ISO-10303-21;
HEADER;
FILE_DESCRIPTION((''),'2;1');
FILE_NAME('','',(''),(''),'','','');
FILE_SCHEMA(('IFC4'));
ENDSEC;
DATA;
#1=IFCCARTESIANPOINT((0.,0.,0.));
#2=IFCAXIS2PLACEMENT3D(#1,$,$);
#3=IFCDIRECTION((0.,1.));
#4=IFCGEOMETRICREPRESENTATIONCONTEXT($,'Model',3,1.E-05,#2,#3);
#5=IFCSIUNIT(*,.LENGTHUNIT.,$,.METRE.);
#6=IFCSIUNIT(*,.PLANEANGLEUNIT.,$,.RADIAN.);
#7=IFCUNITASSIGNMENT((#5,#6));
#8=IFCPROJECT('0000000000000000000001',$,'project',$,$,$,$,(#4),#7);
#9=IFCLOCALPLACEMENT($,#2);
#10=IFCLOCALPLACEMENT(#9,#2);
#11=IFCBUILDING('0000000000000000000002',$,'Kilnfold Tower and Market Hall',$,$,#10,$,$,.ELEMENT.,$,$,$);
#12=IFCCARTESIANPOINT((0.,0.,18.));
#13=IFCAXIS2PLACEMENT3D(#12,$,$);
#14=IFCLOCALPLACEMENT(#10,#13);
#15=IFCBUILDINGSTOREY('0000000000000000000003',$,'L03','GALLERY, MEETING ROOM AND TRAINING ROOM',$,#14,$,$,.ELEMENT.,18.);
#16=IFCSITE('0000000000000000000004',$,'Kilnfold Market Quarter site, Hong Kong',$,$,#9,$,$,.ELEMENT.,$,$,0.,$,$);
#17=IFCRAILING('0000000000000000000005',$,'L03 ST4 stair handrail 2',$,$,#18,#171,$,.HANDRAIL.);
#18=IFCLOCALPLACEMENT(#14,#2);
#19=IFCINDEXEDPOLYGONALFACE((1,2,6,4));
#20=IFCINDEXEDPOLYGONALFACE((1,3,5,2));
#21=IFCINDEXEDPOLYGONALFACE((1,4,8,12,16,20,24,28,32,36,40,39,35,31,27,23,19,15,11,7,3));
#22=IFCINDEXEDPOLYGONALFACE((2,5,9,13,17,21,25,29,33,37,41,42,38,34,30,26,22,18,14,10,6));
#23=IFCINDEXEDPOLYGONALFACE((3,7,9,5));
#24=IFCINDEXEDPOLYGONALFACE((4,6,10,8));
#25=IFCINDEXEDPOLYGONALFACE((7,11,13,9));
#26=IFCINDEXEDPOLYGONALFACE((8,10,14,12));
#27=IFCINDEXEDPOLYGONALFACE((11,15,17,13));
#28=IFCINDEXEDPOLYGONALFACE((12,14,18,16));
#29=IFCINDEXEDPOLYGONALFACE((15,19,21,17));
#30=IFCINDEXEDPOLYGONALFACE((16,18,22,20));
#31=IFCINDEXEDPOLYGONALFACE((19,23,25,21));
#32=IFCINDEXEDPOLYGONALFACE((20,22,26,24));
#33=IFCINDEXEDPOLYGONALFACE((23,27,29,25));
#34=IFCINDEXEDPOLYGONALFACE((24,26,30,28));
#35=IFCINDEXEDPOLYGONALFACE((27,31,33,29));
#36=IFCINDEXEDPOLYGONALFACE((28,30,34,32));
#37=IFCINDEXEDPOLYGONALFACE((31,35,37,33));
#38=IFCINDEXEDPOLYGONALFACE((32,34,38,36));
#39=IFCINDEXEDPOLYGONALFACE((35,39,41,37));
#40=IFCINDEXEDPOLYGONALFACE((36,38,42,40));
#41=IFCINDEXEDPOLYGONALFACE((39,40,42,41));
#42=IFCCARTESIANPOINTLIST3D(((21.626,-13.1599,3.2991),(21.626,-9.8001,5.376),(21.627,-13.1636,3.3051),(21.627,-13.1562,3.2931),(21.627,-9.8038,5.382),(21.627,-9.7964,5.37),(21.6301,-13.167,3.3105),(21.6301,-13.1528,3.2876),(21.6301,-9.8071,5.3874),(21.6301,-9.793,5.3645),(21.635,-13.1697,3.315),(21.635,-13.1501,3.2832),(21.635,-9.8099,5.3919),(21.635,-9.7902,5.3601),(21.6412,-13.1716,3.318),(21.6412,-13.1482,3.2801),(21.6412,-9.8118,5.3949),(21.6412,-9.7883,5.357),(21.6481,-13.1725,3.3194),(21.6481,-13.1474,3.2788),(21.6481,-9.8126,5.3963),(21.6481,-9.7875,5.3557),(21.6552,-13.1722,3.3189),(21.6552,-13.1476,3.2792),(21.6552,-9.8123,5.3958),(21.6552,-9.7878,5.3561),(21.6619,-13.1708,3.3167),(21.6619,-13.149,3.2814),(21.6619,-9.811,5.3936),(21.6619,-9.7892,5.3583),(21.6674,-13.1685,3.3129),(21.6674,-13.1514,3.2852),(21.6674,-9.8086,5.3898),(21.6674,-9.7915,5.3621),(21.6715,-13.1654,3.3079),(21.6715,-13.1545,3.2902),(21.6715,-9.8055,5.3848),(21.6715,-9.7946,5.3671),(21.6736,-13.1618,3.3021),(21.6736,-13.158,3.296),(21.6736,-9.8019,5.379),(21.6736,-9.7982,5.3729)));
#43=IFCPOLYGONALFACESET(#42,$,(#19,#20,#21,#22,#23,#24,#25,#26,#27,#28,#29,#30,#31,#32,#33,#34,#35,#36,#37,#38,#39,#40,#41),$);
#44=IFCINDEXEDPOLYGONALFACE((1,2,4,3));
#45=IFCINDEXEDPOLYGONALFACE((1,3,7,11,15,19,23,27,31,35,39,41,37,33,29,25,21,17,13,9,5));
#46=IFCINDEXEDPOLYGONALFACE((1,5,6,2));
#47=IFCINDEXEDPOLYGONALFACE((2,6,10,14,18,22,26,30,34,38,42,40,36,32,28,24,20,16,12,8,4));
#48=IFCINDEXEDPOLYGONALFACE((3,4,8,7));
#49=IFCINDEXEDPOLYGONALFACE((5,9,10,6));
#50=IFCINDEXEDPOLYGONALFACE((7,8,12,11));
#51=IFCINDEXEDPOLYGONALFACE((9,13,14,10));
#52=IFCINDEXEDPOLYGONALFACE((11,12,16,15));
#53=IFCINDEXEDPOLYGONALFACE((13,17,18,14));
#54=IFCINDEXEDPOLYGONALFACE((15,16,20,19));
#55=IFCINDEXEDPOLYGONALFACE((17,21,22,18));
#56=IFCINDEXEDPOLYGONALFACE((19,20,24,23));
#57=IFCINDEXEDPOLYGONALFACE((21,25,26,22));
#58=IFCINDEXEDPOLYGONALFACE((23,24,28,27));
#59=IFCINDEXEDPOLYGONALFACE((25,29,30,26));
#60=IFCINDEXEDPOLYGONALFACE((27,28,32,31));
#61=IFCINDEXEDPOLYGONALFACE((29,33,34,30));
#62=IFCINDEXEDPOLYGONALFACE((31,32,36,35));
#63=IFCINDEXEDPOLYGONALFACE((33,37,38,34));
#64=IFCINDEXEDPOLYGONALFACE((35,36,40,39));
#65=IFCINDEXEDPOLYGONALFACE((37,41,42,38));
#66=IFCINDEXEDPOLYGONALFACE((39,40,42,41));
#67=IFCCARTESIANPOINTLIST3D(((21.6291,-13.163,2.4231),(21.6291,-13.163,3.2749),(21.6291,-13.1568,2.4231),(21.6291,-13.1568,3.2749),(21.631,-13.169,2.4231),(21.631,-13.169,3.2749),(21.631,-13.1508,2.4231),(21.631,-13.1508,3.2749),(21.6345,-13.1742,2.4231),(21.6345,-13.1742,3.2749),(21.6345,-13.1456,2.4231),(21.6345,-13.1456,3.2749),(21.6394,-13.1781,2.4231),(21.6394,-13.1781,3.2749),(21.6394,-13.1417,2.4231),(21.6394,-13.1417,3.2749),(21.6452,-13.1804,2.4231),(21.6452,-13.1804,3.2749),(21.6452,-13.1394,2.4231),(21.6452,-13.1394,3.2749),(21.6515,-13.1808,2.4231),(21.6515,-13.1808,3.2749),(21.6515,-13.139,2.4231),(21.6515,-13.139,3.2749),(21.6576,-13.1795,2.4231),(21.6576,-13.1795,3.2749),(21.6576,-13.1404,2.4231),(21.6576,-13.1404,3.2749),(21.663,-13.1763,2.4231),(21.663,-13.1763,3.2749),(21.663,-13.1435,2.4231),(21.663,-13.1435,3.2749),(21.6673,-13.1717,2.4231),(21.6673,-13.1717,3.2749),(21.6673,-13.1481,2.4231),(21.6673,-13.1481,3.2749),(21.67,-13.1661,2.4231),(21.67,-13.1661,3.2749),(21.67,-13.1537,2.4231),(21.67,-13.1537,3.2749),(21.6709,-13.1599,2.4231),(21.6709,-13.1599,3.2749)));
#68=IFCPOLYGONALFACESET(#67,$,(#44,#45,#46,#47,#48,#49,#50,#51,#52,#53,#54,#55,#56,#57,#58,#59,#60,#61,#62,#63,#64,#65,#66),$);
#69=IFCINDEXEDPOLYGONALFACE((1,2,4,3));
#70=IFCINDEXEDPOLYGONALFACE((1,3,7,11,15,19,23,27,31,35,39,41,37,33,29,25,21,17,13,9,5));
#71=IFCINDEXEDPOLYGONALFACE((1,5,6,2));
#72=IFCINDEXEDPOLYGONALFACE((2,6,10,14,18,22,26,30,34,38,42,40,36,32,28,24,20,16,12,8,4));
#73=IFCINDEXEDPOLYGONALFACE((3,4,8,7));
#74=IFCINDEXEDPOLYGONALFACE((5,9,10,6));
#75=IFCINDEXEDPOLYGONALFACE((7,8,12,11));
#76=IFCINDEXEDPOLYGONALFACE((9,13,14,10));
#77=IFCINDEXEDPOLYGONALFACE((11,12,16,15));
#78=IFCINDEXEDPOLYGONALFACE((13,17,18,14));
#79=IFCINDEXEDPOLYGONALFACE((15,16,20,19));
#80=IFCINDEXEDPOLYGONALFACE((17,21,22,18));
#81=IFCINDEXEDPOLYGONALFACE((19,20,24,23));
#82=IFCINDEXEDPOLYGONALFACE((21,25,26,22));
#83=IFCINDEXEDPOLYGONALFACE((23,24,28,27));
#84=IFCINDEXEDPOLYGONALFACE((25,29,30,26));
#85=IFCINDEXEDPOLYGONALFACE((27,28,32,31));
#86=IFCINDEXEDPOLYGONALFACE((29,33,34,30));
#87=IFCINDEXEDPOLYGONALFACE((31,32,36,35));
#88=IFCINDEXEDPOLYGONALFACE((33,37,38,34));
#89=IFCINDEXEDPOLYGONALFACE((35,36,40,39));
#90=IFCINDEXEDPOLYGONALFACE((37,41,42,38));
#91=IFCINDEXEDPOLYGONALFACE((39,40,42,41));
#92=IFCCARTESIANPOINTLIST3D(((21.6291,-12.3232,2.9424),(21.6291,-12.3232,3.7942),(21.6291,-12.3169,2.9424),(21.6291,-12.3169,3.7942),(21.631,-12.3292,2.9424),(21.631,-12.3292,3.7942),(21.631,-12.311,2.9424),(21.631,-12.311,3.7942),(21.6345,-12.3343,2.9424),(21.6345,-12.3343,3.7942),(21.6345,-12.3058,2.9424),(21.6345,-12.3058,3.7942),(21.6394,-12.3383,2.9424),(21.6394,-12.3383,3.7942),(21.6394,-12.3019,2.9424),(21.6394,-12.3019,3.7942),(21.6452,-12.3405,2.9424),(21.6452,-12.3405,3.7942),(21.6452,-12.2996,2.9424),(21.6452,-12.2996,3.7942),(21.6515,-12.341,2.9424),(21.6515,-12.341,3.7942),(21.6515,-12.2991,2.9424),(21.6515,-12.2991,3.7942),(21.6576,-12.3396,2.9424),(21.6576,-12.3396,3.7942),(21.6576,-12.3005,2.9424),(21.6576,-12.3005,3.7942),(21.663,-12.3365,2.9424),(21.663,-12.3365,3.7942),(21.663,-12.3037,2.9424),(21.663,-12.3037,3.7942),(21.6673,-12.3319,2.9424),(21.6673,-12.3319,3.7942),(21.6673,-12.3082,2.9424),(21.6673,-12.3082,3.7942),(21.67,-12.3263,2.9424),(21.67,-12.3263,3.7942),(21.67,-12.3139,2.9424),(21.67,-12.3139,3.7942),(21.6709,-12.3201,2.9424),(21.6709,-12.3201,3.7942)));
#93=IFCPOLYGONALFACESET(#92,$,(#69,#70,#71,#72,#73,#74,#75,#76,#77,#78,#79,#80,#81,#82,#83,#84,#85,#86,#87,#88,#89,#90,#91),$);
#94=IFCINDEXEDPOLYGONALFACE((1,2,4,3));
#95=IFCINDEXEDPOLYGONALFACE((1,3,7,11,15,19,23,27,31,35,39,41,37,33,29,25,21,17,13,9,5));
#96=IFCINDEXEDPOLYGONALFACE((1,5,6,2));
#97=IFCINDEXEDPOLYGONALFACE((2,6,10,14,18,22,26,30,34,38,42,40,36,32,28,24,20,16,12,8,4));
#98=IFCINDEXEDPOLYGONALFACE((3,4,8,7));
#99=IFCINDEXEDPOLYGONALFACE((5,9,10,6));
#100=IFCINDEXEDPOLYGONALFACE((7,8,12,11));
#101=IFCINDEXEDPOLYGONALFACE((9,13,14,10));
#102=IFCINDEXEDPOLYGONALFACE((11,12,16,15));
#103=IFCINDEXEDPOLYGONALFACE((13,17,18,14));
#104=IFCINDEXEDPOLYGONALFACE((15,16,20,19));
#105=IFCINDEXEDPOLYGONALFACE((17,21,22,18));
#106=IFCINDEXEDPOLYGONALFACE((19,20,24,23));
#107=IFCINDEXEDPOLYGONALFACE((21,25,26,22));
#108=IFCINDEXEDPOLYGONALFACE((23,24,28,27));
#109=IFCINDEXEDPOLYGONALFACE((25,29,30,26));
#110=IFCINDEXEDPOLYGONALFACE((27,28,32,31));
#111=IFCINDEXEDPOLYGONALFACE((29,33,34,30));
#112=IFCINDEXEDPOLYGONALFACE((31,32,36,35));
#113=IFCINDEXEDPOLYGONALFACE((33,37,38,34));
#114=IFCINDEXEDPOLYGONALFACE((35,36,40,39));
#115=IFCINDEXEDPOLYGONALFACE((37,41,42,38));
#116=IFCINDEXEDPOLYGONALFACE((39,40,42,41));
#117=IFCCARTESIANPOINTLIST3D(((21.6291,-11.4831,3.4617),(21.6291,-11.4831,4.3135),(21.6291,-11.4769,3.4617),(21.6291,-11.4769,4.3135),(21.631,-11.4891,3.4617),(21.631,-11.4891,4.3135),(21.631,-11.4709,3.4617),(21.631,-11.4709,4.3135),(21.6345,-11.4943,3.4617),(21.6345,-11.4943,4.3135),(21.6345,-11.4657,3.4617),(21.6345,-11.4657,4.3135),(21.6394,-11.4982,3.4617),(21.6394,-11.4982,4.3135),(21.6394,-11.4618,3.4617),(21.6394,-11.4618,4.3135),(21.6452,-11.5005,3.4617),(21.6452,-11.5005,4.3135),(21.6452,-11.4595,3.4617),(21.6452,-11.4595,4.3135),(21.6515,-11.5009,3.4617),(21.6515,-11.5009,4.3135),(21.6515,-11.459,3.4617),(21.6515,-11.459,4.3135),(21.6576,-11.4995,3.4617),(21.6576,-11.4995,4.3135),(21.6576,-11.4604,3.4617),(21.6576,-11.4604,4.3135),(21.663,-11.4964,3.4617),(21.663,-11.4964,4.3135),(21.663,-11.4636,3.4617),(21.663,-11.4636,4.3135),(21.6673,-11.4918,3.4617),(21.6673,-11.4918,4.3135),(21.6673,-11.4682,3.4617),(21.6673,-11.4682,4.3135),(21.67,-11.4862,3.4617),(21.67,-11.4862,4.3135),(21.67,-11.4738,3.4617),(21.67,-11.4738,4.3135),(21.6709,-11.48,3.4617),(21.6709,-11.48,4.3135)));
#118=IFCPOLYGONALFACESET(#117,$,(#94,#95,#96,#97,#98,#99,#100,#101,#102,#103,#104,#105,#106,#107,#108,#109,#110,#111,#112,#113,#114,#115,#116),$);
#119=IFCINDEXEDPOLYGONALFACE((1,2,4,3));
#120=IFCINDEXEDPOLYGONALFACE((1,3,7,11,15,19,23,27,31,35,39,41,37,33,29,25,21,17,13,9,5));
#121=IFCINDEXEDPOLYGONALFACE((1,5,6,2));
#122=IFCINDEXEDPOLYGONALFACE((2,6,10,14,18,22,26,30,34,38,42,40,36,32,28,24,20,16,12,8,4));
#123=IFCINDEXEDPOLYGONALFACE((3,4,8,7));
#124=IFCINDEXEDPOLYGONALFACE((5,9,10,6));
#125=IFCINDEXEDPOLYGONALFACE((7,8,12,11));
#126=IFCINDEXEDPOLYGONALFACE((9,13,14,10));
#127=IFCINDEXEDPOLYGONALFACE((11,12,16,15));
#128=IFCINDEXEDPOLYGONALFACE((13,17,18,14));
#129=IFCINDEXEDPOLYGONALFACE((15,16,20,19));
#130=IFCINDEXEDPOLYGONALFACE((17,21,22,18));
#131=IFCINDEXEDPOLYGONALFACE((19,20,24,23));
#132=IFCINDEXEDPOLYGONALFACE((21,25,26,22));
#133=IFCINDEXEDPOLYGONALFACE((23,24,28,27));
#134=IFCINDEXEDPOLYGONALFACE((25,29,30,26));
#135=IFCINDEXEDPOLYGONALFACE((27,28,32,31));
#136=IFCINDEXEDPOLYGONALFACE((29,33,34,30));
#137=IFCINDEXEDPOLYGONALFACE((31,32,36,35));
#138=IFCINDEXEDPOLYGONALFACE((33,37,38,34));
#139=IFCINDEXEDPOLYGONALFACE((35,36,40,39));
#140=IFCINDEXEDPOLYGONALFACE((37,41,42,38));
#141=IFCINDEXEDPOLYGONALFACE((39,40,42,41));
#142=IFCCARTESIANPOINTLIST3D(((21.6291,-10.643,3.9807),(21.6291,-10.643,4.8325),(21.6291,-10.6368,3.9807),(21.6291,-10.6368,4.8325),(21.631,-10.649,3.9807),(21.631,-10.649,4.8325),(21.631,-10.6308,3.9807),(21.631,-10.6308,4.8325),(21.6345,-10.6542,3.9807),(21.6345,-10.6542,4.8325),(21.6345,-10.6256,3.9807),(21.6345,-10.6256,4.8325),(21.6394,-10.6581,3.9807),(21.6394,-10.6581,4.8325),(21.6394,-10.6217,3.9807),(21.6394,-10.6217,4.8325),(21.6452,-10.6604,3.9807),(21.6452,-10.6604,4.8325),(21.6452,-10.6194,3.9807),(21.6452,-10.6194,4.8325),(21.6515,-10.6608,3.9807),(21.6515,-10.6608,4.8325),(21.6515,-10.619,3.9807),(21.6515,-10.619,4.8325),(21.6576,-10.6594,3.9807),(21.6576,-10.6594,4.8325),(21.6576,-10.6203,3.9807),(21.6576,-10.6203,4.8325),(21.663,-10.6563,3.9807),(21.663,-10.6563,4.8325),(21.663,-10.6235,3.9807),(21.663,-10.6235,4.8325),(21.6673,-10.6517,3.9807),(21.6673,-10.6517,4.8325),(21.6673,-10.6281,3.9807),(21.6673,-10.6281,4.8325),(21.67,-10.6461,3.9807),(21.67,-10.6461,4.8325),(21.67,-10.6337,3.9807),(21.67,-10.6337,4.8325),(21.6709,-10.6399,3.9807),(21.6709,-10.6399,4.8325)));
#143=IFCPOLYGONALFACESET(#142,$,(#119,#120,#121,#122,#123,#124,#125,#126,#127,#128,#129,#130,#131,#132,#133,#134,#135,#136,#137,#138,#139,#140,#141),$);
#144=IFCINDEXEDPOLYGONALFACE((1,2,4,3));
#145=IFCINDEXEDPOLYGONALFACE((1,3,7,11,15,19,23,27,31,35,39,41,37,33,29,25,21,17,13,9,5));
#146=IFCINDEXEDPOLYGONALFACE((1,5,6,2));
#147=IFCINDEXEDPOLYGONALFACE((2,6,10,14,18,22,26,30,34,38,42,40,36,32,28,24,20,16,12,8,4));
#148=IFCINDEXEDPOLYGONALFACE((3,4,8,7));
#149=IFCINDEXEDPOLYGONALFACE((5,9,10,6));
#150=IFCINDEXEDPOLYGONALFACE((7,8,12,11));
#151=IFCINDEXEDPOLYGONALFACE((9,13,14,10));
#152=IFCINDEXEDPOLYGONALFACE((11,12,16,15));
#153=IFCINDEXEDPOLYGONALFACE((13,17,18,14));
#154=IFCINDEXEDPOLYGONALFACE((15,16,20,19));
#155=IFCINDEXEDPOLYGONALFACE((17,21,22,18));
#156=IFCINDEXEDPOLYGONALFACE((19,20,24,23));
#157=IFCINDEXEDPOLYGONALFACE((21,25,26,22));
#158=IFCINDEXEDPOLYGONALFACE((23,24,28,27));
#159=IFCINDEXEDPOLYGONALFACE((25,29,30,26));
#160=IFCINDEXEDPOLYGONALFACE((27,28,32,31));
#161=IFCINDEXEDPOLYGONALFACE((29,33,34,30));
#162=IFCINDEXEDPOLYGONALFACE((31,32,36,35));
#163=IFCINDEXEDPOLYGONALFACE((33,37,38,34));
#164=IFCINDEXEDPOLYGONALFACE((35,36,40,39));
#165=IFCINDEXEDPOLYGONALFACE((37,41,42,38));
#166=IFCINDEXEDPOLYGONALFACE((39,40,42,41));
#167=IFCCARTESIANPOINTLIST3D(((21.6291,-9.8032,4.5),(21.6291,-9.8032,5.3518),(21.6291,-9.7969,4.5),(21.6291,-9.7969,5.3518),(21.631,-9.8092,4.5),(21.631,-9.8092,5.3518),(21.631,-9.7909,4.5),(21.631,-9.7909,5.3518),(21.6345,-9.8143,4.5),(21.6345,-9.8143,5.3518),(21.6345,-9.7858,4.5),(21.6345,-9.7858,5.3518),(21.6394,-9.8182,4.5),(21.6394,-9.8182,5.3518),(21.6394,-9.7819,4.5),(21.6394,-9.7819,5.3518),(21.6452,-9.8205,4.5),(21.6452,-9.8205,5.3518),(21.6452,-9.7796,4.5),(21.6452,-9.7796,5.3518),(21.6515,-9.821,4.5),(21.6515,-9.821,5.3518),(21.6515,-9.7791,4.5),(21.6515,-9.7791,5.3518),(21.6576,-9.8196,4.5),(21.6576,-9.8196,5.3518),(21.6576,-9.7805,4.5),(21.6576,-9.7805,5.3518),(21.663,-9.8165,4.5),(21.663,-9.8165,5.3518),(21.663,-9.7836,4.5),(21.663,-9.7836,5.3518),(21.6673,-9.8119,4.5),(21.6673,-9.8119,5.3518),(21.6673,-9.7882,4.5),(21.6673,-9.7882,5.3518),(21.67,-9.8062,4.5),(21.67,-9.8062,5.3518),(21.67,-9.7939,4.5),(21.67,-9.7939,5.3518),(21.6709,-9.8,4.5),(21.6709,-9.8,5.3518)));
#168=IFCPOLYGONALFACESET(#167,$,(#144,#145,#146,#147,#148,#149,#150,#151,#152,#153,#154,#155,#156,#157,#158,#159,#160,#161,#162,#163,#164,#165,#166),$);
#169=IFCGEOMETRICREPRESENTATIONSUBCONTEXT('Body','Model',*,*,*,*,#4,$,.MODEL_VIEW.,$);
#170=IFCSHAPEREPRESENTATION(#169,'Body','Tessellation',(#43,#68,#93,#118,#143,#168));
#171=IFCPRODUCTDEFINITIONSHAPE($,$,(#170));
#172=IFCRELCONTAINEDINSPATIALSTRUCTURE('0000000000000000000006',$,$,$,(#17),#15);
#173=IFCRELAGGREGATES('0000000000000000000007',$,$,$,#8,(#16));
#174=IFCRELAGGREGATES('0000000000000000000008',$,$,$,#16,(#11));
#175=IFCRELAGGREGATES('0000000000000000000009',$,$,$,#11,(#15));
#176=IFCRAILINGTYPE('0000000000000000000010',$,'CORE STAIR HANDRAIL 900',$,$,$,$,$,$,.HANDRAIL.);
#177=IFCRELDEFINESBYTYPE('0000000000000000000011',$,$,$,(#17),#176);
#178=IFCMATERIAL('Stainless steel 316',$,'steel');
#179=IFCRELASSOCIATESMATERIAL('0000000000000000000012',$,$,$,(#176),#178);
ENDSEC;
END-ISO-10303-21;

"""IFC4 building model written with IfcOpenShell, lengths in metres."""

from ifc_helpers import new_model, si_unit, direction, frame, origin, origin_2d, place, context, subcontext, project, spatial, circle, extrude, material, type_object, element, save


model = new_model("IFC4")

# Units and contexts
model_context = context("Model", 3, precision=1e-05, world=origin(), true_north=direction((0.0, 1.0)))
body_context = subcontext(model_context, "Body", "Model", "MODEL_VIEW")
ifc_project = project(units=[si_unit("LENGTHUNIT", "METRE"), si_unit("PLANEANGLEUNIT", "RADIAN")], contexts=[model_context])

# Site, building, storey
site_placement = place(None, origin())
site = spatial("IfcSite", under=ifc_project, at=site_placement, Name="Kilnfold Market Quarter site, Hong Kong", CompositionType="ELEMENT", RefElevation=0.0)
building_placement = place(site_placement, origin())
building = spatial("IfcBuilding", under=site, at=building_placement, Name="Kilnfold Tower and Market Hall", CompositionType="ELEMENT")
storey_placement = place(building_placement, frame((0.0, 0.0, 18.0)))
storey = spatial("IfcBuildingStorey", under=building, at=storey_placement, Name="L03", Description="GALLERY, MEETING ROOM AND TRAINING ROOM", CompositionType="ELEMENT", Elevation=18.0)

# Railing
ifc_material_1 = material(Name="Stainless steel 316", Category="steel")
railing_type_1 = type_object("IfcRailingType", Name="CORE STAIR HANDRAIL 900", PredefinedType="HANDRAIL", material=ifc_material_1)
railing_1_placement = place(storey_placement, frame((21.6499, -13.1599, 2.4231)))
element("IfcRailing", 1, at=railing_1_placement, inside=storey, type_object=railing_type_1, Name="L03 ST4 stair handrail 2", PredefinedType="HANDRAIL", context=body_context, shape_type="SweptSolid", body=[
    extrude(circle(Radius=0.0239, at=origin_2d()), frame((0.0, 0.0, 0.876), z_axis=(0.0, 0.850606, 0.525803), x_axis=(-1.0, 0.0, 0.0)), (0.0, 0.0, 1.0), 3.95),
    extrude(circle(Radius=0.021, at=origin_2d()), origin(), (0.0, 0.0, 1.0), 0.8518),
    extrude(circle(Radius=0.021, at=origin_2d()), frame((0.0, 0.8398, 0.5193)), (0.0, 0.0, 1.0), 0.8518),
    extrude(circle(Radius=0.021, at=origin_2d()), frame((0.0, 1.6799, 1.0386)), (0.0, 0.0, 1.0), 0.8518),
    extrude(circle(Radius=0.021, at=origin_2d()), frame((0.0, 2.52, 1.5576)), (0.0, 0.0, 1.0), 0.8518),
    extrude(circle(Radius=0.021, at=origin_2d()), frame((0.0, 3.3599, 2.0769)), (0.0, 0.0, 1.0), 0.8518),
])

save(model, "model.ifc")
